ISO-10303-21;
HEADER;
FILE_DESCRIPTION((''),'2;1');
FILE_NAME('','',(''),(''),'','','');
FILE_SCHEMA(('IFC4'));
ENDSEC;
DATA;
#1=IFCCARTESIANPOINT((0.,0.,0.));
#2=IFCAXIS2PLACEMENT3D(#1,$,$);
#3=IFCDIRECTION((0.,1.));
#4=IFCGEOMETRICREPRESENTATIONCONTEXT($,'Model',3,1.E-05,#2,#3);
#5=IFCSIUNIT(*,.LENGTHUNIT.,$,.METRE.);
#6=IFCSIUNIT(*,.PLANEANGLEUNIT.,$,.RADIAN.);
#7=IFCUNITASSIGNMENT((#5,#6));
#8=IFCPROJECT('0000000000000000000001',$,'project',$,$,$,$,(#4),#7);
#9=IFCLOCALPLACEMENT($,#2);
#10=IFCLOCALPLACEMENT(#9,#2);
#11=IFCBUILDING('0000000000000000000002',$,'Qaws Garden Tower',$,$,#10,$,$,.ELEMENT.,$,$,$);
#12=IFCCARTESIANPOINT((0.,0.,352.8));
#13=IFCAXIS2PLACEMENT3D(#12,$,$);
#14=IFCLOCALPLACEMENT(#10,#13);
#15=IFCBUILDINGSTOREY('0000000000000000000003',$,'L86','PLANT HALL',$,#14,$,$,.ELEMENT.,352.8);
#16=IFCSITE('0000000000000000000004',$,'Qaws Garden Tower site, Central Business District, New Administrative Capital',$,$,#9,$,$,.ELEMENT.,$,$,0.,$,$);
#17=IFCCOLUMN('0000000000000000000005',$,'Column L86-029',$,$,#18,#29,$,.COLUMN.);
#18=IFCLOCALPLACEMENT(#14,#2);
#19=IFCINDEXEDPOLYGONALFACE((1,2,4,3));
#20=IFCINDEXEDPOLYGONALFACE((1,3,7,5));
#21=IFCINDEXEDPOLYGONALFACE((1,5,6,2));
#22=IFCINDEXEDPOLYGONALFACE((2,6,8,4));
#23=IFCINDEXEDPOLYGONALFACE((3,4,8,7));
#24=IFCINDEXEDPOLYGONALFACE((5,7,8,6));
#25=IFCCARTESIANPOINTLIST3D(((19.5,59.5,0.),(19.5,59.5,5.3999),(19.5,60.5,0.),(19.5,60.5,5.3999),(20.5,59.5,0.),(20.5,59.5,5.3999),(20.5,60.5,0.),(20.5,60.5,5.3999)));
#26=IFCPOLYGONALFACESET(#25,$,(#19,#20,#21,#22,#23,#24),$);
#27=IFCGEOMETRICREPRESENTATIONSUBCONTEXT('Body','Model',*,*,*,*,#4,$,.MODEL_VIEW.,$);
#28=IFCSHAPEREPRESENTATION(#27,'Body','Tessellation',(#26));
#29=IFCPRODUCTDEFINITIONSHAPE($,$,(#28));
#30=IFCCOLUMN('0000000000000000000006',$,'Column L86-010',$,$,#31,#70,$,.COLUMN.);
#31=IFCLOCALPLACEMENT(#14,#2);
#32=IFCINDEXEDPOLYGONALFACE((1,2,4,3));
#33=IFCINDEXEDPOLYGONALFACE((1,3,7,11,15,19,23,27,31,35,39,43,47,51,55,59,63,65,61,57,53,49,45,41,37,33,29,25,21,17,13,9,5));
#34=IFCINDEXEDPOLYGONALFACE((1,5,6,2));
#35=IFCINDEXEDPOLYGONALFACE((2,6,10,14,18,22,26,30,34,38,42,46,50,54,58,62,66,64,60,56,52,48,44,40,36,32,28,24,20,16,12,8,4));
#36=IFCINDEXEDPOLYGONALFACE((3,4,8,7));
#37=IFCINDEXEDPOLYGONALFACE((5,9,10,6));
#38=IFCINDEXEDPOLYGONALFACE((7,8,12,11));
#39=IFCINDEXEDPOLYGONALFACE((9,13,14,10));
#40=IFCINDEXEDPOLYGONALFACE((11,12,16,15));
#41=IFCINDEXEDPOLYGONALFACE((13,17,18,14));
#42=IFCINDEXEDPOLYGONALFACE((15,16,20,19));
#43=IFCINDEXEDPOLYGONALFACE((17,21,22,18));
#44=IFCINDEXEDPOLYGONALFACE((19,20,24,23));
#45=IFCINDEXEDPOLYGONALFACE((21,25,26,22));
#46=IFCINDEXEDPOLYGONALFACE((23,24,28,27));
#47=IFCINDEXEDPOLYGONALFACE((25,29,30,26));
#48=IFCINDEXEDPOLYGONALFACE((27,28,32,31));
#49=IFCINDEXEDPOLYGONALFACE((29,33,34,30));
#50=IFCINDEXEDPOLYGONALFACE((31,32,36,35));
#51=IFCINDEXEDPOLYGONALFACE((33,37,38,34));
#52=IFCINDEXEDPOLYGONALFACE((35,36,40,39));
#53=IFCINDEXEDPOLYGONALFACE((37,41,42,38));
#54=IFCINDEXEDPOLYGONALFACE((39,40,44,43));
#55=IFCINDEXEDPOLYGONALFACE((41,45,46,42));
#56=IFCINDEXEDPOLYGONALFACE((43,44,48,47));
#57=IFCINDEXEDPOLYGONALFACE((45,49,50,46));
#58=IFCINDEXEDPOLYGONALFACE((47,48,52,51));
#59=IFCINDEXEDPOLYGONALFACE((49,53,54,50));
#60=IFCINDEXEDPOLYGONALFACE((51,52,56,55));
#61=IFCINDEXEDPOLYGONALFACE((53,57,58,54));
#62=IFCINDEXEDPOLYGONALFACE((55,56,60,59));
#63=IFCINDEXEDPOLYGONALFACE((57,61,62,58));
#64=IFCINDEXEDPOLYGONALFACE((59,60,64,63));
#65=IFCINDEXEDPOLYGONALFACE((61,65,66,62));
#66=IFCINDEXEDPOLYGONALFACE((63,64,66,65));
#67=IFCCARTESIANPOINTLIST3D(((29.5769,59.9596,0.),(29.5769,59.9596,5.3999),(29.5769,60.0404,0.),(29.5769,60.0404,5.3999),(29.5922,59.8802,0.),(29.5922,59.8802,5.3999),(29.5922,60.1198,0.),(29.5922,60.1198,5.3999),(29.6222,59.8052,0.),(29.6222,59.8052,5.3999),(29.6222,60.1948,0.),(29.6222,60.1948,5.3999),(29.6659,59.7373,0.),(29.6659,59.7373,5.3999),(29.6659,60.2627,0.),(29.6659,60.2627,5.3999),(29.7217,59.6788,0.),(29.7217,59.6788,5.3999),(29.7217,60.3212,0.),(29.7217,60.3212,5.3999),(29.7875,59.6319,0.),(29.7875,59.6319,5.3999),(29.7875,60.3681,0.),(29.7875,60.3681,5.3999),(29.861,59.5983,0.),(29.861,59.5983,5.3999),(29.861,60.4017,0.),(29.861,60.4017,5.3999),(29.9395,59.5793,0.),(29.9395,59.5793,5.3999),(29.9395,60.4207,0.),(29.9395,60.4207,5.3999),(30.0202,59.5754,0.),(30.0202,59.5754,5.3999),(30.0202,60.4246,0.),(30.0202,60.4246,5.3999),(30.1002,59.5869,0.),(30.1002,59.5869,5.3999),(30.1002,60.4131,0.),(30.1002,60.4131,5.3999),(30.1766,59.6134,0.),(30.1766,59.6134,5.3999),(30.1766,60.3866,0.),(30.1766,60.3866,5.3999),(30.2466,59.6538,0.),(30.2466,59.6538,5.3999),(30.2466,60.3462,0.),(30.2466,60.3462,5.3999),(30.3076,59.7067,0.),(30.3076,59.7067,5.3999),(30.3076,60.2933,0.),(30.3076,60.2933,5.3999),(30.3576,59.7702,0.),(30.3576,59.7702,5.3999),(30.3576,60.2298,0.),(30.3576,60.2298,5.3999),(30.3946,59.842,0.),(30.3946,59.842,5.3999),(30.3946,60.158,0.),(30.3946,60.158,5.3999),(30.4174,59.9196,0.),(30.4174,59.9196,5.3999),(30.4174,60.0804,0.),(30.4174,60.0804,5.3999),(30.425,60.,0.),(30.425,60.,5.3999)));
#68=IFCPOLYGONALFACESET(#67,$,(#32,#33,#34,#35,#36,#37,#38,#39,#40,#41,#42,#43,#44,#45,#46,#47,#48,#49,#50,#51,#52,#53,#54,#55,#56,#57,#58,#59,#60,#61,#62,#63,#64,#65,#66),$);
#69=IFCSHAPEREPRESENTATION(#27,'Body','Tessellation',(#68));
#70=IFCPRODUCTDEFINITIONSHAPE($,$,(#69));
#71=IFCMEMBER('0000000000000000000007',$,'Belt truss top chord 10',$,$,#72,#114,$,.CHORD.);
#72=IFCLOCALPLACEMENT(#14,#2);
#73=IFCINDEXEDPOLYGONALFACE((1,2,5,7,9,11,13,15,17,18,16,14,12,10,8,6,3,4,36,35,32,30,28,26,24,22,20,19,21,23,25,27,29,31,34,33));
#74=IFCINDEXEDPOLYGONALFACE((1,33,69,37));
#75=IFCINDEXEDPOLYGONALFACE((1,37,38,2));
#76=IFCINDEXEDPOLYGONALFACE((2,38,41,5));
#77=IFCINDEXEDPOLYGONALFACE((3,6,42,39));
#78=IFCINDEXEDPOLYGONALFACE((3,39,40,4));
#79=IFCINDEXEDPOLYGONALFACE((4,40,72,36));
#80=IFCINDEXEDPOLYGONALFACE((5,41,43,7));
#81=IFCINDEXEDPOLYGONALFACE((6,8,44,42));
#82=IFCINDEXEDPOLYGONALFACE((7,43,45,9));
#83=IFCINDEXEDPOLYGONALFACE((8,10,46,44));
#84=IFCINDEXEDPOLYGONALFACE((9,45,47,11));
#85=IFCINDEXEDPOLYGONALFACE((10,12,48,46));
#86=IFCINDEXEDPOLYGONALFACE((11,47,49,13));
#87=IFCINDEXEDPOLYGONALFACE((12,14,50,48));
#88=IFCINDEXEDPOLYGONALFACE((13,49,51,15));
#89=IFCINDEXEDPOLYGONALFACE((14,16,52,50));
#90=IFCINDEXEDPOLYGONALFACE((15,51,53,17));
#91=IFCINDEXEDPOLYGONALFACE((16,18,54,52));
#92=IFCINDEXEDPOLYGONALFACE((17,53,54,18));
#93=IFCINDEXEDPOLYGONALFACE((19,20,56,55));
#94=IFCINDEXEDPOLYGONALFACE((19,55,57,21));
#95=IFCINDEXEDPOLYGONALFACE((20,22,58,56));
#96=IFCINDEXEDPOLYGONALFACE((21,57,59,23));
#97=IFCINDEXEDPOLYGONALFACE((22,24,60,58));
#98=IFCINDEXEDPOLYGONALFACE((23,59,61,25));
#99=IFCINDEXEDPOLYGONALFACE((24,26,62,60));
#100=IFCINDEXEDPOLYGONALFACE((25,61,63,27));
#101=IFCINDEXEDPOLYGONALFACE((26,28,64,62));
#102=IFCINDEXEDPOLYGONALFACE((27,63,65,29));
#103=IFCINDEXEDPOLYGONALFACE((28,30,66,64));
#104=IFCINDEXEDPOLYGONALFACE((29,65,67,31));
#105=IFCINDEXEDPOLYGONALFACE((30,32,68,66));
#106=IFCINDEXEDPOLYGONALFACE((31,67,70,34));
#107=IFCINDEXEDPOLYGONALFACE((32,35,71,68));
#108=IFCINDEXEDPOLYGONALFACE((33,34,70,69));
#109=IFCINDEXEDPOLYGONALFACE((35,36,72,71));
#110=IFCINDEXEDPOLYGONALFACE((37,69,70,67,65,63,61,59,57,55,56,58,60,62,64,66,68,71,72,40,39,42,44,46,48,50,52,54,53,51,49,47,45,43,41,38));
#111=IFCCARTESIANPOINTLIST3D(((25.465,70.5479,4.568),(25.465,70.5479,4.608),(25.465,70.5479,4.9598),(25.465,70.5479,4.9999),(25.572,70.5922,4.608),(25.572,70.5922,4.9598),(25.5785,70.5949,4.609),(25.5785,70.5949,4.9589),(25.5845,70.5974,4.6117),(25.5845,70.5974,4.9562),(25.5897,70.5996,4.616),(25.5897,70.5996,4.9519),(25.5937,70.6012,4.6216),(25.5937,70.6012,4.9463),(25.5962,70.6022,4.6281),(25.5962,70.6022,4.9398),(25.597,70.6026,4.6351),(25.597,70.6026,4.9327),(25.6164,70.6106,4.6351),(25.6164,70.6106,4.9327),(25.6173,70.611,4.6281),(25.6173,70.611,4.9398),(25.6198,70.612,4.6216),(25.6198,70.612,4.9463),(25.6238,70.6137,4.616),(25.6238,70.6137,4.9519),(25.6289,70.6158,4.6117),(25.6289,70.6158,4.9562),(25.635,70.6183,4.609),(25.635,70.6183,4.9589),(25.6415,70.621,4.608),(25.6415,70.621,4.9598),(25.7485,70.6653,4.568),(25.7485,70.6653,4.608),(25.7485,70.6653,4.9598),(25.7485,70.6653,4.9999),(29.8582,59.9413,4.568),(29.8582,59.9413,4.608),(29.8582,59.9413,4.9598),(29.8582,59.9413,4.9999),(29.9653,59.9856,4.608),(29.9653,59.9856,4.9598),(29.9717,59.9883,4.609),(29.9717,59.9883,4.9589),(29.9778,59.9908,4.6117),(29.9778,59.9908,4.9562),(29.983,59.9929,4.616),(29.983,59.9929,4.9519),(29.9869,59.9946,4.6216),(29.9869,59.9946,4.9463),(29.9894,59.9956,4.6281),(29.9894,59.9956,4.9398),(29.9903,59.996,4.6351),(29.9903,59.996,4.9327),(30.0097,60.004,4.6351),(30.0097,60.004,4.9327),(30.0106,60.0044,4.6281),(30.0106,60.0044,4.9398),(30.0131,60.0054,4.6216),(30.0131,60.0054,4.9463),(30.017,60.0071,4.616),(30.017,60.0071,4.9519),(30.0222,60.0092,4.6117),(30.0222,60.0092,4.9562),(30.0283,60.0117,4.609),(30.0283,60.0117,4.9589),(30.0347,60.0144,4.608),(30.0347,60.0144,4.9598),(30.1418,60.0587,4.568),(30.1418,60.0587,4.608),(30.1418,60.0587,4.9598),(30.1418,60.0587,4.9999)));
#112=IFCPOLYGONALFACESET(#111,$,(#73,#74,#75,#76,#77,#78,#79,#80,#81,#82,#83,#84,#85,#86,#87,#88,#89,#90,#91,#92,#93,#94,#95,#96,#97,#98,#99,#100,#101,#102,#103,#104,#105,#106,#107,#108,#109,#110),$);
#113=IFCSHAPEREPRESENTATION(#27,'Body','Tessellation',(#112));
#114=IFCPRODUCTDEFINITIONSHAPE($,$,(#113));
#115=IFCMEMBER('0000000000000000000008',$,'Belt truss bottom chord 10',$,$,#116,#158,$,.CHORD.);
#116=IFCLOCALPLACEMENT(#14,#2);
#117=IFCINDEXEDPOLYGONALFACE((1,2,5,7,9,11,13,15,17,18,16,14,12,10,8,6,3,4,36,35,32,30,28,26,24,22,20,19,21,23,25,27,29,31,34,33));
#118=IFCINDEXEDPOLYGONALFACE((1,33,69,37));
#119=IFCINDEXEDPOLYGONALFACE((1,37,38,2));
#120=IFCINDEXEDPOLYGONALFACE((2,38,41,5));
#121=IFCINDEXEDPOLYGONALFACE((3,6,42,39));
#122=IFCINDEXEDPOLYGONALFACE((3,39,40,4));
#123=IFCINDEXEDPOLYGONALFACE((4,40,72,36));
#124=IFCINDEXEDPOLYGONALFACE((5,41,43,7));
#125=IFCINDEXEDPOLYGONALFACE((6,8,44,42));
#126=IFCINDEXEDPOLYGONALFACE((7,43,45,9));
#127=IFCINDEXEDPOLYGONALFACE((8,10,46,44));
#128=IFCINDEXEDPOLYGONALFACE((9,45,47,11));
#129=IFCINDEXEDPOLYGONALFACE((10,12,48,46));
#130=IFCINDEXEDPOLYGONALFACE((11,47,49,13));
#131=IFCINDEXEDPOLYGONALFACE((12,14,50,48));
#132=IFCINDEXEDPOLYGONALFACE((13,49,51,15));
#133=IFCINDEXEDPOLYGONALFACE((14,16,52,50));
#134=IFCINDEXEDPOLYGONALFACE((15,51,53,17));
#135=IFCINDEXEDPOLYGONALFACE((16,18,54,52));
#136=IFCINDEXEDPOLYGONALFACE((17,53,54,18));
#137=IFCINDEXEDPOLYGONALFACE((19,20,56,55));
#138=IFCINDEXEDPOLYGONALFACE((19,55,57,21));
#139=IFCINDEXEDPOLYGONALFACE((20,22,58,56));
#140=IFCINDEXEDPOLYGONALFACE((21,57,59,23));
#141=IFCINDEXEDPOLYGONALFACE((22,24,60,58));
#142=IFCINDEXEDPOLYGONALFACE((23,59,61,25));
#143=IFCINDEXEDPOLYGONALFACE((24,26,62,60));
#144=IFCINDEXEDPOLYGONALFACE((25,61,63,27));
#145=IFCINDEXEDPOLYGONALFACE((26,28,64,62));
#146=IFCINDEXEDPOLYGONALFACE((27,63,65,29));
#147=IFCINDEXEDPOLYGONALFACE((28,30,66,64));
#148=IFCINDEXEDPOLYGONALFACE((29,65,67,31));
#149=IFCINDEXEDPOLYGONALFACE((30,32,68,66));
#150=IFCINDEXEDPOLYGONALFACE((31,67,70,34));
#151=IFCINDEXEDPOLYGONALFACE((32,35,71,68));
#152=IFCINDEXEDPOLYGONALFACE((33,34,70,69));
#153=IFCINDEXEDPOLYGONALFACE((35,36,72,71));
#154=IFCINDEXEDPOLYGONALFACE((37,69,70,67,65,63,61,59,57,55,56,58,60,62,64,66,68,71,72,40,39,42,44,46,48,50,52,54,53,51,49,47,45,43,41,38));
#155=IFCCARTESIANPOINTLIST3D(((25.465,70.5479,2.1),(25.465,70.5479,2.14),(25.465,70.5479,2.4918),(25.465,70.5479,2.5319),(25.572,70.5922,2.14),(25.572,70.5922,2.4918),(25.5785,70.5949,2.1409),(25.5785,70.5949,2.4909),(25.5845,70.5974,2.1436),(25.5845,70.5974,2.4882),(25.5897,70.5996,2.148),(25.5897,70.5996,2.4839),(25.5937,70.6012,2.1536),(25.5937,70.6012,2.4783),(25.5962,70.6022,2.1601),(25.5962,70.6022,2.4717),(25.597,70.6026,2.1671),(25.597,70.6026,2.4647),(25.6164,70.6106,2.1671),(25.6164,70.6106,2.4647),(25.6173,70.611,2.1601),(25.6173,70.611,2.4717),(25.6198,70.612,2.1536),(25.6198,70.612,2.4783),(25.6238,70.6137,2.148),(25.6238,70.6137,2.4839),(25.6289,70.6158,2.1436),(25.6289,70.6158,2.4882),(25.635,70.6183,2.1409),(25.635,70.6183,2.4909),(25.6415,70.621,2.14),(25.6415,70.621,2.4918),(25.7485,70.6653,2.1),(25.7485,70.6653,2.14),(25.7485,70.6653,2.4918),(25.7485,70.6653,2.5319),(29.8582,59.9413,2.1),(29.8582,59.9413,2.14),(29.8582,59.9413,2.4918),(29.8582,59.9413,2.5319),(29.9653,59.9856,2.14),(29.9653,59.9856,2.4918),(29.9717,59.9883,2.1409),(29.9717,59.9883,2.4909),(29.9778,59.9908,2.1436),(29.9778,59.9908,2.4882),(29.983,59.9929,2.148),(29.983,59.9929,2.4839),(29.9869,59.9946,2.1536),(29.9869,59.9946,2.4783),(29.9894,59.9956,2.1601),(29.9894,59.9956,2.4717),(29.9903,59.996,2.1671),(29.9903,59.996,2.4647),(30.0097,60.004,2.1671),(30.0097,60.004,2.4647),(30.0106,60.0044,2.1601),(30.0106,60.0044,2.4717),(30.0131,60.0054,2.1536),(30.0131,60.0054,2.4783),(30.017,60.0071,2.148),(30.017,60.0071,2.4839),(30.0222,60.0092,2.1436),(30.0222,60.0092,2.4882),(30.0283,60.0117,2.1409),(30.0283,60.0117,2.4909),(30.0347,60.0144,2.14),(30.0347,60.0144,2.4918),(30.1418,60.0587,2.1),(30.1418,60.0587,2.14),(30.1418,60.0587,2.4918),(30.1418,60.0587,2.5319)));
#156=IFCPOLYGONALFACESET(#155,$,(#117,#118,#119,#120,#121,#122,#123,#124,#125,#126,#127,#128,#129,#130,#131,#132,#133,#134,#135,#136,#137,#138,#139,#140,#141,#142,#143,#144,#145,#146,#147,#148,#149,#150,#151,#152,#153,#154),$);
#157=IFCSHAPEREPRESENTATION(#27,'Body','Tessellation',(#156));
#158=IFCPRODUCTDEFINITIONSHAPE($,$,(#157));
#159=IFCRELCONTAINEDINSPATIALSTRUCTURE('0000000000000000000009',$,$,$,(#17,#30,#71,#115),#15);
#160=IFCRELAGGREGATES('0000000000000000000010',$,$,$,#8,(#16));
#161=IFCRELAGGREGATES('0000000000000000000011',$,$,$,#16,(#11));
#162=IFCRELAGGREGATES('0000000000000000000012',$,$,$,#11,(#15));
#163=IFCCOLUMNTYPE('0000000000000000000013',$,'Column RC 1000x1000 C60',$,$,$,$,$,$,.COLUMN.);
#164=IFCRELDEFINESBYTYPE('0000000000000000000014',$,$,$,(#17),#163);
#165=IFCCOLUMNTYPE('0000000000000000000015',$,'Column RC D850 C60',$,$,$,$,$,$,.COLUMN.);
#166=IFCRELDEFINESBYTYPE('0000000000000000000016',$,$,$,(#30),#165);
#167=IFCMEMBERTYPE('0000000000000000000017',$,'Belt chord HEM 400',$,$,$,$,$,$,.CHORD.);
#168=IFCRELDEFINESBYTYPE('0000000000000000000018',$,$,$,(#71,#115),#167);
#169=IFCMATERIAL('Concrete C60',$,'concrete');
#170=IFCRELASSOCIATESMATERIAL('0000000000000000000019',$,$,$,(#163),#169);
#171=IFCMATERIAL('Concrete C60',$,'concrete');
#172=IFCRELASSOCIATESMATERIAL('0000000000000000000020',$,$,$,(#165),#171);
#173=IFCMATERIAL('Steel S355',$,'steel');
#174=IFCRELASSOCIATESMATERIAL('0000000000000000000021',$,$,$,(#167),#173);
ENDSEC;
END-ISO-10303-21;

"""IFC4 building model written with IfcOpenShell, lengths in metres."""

from ifc_helpers import new_model, si_unit, direction, frame, origin, origin_2d, place, context, subcontext, project, spatial, rectangle, circle, i_section, extrude, material, material_profile, profile_set, type_object, element, save


model = new_model("IFC4")

# Units and contexts
model_context = context("Model", 3, precision=1e-05, world=origin(), true_north=direction((0.0, 1.0)))
body_context = subcontext(model_context, "Body", "Model", "MODEL_VIEW")
ifc_project = project(units=[si_unit("LENGTHUNIT", "METRE"), si_unit("PLANEANGLEUNIT", "RADIAN")], contexts=[model_context])

# Site, building, storey
site_placement = place(None, origin())
site = spatial("IfcSite", under=ifc_project, at=site_placement, Name="Qaws Garden Tower site, Central Business District, New Administrative Capital", CompositionType="ELEMENT", RefElevation=0.0)
building_placement = place(site_placement, origin())
building = spatial("IfcBuilding", under=site, at=building_placement, Name="Qaws Garden Tower", CompositionType="ELEMENT")
storey_placement = place(building_placement, frame((0.0, 0.0, 352.8)))
storey = spatial("IfcBuildingStorey", under=building, at=storey_placement, Name="L86", Description="PLANT HALL", CompositionType="ELEMENT", Elevation=352.8)

# Columns
ifc_material_1 = material(Name="Concrete C60", Category="concrete")
ifc_material_profile_1 = material_profile(ifc_material_1, rectangle(XDim=1.0, YDim=1.0, at=origin_2d()), Name="RC 1000x1000")
ifc_profile_set_1 = profile_set([ifc_material_profile_1], Name="Concrete C60")
column_type_1 = type_object("IfcColumnType", Name="Column RC 1000x1000 C60", PredefinedType="COLUMN", material=ifc_profile_set_1)
column_1_placement = place(storey_placement, frame((20.0, 60.0, 0.0), z_axis=(0.0, 0.0, 1.0), x_axis=(1.0, 0.0, 0.0)))
element("IfcColumn", 1, at=column_1_placement, inside=storey, type_object=column_type_1, Name="Column L86-029", PredefinedType="COLUMN", context=body_context, shape_type="SweptSolid", body=[
    extrude(rectangle(XDim=1.0, YDim=1.0, at=origin_2d()), origin(), (0.0, 0.0, 1.0), 5.3999),
])
ifc_material_2 = material(Name="Concrete C60", Category="concrete")
ifc_material_profile_2 = material_profile(ifc_material_2, circle(Radius=0.425, at=origin_2d()), Name="RC D850")
ifc_profile_set_2 = profile_set([ifc_material_profile_2], Name="Concrete C60")
column_type_2 = type_object("IfcColumnType", Name="Column RC D850 C60", PredefinedType="COLUMN", material=ifc_profile_set_2)
column_2_placement = place(storey_placement, frame((30.0, 60.0, 0.0), z_axis=(0.0, 0.0, 1.0), x_axis=(1.0, 0.0, 0.0)))
element("IfcColumn", 2, at=column_2_placement, inside=storey, type_object=column_type_2, Name="Column L86-010", PredefinedType="COLUMN", context=body_context, shape_type="SweptSolid", body=[
    extrude(circle(Radius=0.425, at=origin_2d()), origin(), (0.0, 0.0, 1.0), 5.3999),
])

# Members
ifc_material_3 = material(Name="Steel S355", Category="steel")
ifc_material_profile_3 = material_profile(ifc_material_3, i_section(OverallWidth=0.3069, OverallDepth=0.4319, WebThickness=0.021, FlangeThickness=0.04, FilletRadius=0.0271, at=origin_2d()), Name="HEM 400")
ifc_profile_set_3 = profile_set([ifc_material_profile_3], Name="Steel S355")
member_type_1 = type_object("IfcMemberType", Name="Belt chord HEM 400", PredefinedType="CHORD", material=ifc_profile_set_3)
for number, where, z_axis, x_axis, name in (
    (3, (30.0, 60.0, 4.7839), (-0.382674, 0.923883, 0.0), (-0.923883, -0.382674, 0.0), "Belt truss top chord 10"),
    (4, (30.0, 60.0, 2.3159), (-0.382674, 0.923883, 0.0), (-0.923883, -0.382674, 0.0), "Belt truss bottom chord 10"),
):
    element("IfcMember", number, at=place(storey_placement, frame(where, z_axis=z_axis, x_axis=x_axis)), inside=storey, type_object=member_type_1, Name=name, PredefinedType="CHORD", context=body_context, shape_type="SweptSolid", body=[
        extrude(i_section(OverallWidth=0.3069, OverallDepth=0.4319, WebThickness=0.021, FlangeThickness=0.04, FilletRadius=0.0271, at=origin_2d()), origin(), (0.0, 0.0, 1.0), 11.4805),
    ])

save(model, "model.ifc")
